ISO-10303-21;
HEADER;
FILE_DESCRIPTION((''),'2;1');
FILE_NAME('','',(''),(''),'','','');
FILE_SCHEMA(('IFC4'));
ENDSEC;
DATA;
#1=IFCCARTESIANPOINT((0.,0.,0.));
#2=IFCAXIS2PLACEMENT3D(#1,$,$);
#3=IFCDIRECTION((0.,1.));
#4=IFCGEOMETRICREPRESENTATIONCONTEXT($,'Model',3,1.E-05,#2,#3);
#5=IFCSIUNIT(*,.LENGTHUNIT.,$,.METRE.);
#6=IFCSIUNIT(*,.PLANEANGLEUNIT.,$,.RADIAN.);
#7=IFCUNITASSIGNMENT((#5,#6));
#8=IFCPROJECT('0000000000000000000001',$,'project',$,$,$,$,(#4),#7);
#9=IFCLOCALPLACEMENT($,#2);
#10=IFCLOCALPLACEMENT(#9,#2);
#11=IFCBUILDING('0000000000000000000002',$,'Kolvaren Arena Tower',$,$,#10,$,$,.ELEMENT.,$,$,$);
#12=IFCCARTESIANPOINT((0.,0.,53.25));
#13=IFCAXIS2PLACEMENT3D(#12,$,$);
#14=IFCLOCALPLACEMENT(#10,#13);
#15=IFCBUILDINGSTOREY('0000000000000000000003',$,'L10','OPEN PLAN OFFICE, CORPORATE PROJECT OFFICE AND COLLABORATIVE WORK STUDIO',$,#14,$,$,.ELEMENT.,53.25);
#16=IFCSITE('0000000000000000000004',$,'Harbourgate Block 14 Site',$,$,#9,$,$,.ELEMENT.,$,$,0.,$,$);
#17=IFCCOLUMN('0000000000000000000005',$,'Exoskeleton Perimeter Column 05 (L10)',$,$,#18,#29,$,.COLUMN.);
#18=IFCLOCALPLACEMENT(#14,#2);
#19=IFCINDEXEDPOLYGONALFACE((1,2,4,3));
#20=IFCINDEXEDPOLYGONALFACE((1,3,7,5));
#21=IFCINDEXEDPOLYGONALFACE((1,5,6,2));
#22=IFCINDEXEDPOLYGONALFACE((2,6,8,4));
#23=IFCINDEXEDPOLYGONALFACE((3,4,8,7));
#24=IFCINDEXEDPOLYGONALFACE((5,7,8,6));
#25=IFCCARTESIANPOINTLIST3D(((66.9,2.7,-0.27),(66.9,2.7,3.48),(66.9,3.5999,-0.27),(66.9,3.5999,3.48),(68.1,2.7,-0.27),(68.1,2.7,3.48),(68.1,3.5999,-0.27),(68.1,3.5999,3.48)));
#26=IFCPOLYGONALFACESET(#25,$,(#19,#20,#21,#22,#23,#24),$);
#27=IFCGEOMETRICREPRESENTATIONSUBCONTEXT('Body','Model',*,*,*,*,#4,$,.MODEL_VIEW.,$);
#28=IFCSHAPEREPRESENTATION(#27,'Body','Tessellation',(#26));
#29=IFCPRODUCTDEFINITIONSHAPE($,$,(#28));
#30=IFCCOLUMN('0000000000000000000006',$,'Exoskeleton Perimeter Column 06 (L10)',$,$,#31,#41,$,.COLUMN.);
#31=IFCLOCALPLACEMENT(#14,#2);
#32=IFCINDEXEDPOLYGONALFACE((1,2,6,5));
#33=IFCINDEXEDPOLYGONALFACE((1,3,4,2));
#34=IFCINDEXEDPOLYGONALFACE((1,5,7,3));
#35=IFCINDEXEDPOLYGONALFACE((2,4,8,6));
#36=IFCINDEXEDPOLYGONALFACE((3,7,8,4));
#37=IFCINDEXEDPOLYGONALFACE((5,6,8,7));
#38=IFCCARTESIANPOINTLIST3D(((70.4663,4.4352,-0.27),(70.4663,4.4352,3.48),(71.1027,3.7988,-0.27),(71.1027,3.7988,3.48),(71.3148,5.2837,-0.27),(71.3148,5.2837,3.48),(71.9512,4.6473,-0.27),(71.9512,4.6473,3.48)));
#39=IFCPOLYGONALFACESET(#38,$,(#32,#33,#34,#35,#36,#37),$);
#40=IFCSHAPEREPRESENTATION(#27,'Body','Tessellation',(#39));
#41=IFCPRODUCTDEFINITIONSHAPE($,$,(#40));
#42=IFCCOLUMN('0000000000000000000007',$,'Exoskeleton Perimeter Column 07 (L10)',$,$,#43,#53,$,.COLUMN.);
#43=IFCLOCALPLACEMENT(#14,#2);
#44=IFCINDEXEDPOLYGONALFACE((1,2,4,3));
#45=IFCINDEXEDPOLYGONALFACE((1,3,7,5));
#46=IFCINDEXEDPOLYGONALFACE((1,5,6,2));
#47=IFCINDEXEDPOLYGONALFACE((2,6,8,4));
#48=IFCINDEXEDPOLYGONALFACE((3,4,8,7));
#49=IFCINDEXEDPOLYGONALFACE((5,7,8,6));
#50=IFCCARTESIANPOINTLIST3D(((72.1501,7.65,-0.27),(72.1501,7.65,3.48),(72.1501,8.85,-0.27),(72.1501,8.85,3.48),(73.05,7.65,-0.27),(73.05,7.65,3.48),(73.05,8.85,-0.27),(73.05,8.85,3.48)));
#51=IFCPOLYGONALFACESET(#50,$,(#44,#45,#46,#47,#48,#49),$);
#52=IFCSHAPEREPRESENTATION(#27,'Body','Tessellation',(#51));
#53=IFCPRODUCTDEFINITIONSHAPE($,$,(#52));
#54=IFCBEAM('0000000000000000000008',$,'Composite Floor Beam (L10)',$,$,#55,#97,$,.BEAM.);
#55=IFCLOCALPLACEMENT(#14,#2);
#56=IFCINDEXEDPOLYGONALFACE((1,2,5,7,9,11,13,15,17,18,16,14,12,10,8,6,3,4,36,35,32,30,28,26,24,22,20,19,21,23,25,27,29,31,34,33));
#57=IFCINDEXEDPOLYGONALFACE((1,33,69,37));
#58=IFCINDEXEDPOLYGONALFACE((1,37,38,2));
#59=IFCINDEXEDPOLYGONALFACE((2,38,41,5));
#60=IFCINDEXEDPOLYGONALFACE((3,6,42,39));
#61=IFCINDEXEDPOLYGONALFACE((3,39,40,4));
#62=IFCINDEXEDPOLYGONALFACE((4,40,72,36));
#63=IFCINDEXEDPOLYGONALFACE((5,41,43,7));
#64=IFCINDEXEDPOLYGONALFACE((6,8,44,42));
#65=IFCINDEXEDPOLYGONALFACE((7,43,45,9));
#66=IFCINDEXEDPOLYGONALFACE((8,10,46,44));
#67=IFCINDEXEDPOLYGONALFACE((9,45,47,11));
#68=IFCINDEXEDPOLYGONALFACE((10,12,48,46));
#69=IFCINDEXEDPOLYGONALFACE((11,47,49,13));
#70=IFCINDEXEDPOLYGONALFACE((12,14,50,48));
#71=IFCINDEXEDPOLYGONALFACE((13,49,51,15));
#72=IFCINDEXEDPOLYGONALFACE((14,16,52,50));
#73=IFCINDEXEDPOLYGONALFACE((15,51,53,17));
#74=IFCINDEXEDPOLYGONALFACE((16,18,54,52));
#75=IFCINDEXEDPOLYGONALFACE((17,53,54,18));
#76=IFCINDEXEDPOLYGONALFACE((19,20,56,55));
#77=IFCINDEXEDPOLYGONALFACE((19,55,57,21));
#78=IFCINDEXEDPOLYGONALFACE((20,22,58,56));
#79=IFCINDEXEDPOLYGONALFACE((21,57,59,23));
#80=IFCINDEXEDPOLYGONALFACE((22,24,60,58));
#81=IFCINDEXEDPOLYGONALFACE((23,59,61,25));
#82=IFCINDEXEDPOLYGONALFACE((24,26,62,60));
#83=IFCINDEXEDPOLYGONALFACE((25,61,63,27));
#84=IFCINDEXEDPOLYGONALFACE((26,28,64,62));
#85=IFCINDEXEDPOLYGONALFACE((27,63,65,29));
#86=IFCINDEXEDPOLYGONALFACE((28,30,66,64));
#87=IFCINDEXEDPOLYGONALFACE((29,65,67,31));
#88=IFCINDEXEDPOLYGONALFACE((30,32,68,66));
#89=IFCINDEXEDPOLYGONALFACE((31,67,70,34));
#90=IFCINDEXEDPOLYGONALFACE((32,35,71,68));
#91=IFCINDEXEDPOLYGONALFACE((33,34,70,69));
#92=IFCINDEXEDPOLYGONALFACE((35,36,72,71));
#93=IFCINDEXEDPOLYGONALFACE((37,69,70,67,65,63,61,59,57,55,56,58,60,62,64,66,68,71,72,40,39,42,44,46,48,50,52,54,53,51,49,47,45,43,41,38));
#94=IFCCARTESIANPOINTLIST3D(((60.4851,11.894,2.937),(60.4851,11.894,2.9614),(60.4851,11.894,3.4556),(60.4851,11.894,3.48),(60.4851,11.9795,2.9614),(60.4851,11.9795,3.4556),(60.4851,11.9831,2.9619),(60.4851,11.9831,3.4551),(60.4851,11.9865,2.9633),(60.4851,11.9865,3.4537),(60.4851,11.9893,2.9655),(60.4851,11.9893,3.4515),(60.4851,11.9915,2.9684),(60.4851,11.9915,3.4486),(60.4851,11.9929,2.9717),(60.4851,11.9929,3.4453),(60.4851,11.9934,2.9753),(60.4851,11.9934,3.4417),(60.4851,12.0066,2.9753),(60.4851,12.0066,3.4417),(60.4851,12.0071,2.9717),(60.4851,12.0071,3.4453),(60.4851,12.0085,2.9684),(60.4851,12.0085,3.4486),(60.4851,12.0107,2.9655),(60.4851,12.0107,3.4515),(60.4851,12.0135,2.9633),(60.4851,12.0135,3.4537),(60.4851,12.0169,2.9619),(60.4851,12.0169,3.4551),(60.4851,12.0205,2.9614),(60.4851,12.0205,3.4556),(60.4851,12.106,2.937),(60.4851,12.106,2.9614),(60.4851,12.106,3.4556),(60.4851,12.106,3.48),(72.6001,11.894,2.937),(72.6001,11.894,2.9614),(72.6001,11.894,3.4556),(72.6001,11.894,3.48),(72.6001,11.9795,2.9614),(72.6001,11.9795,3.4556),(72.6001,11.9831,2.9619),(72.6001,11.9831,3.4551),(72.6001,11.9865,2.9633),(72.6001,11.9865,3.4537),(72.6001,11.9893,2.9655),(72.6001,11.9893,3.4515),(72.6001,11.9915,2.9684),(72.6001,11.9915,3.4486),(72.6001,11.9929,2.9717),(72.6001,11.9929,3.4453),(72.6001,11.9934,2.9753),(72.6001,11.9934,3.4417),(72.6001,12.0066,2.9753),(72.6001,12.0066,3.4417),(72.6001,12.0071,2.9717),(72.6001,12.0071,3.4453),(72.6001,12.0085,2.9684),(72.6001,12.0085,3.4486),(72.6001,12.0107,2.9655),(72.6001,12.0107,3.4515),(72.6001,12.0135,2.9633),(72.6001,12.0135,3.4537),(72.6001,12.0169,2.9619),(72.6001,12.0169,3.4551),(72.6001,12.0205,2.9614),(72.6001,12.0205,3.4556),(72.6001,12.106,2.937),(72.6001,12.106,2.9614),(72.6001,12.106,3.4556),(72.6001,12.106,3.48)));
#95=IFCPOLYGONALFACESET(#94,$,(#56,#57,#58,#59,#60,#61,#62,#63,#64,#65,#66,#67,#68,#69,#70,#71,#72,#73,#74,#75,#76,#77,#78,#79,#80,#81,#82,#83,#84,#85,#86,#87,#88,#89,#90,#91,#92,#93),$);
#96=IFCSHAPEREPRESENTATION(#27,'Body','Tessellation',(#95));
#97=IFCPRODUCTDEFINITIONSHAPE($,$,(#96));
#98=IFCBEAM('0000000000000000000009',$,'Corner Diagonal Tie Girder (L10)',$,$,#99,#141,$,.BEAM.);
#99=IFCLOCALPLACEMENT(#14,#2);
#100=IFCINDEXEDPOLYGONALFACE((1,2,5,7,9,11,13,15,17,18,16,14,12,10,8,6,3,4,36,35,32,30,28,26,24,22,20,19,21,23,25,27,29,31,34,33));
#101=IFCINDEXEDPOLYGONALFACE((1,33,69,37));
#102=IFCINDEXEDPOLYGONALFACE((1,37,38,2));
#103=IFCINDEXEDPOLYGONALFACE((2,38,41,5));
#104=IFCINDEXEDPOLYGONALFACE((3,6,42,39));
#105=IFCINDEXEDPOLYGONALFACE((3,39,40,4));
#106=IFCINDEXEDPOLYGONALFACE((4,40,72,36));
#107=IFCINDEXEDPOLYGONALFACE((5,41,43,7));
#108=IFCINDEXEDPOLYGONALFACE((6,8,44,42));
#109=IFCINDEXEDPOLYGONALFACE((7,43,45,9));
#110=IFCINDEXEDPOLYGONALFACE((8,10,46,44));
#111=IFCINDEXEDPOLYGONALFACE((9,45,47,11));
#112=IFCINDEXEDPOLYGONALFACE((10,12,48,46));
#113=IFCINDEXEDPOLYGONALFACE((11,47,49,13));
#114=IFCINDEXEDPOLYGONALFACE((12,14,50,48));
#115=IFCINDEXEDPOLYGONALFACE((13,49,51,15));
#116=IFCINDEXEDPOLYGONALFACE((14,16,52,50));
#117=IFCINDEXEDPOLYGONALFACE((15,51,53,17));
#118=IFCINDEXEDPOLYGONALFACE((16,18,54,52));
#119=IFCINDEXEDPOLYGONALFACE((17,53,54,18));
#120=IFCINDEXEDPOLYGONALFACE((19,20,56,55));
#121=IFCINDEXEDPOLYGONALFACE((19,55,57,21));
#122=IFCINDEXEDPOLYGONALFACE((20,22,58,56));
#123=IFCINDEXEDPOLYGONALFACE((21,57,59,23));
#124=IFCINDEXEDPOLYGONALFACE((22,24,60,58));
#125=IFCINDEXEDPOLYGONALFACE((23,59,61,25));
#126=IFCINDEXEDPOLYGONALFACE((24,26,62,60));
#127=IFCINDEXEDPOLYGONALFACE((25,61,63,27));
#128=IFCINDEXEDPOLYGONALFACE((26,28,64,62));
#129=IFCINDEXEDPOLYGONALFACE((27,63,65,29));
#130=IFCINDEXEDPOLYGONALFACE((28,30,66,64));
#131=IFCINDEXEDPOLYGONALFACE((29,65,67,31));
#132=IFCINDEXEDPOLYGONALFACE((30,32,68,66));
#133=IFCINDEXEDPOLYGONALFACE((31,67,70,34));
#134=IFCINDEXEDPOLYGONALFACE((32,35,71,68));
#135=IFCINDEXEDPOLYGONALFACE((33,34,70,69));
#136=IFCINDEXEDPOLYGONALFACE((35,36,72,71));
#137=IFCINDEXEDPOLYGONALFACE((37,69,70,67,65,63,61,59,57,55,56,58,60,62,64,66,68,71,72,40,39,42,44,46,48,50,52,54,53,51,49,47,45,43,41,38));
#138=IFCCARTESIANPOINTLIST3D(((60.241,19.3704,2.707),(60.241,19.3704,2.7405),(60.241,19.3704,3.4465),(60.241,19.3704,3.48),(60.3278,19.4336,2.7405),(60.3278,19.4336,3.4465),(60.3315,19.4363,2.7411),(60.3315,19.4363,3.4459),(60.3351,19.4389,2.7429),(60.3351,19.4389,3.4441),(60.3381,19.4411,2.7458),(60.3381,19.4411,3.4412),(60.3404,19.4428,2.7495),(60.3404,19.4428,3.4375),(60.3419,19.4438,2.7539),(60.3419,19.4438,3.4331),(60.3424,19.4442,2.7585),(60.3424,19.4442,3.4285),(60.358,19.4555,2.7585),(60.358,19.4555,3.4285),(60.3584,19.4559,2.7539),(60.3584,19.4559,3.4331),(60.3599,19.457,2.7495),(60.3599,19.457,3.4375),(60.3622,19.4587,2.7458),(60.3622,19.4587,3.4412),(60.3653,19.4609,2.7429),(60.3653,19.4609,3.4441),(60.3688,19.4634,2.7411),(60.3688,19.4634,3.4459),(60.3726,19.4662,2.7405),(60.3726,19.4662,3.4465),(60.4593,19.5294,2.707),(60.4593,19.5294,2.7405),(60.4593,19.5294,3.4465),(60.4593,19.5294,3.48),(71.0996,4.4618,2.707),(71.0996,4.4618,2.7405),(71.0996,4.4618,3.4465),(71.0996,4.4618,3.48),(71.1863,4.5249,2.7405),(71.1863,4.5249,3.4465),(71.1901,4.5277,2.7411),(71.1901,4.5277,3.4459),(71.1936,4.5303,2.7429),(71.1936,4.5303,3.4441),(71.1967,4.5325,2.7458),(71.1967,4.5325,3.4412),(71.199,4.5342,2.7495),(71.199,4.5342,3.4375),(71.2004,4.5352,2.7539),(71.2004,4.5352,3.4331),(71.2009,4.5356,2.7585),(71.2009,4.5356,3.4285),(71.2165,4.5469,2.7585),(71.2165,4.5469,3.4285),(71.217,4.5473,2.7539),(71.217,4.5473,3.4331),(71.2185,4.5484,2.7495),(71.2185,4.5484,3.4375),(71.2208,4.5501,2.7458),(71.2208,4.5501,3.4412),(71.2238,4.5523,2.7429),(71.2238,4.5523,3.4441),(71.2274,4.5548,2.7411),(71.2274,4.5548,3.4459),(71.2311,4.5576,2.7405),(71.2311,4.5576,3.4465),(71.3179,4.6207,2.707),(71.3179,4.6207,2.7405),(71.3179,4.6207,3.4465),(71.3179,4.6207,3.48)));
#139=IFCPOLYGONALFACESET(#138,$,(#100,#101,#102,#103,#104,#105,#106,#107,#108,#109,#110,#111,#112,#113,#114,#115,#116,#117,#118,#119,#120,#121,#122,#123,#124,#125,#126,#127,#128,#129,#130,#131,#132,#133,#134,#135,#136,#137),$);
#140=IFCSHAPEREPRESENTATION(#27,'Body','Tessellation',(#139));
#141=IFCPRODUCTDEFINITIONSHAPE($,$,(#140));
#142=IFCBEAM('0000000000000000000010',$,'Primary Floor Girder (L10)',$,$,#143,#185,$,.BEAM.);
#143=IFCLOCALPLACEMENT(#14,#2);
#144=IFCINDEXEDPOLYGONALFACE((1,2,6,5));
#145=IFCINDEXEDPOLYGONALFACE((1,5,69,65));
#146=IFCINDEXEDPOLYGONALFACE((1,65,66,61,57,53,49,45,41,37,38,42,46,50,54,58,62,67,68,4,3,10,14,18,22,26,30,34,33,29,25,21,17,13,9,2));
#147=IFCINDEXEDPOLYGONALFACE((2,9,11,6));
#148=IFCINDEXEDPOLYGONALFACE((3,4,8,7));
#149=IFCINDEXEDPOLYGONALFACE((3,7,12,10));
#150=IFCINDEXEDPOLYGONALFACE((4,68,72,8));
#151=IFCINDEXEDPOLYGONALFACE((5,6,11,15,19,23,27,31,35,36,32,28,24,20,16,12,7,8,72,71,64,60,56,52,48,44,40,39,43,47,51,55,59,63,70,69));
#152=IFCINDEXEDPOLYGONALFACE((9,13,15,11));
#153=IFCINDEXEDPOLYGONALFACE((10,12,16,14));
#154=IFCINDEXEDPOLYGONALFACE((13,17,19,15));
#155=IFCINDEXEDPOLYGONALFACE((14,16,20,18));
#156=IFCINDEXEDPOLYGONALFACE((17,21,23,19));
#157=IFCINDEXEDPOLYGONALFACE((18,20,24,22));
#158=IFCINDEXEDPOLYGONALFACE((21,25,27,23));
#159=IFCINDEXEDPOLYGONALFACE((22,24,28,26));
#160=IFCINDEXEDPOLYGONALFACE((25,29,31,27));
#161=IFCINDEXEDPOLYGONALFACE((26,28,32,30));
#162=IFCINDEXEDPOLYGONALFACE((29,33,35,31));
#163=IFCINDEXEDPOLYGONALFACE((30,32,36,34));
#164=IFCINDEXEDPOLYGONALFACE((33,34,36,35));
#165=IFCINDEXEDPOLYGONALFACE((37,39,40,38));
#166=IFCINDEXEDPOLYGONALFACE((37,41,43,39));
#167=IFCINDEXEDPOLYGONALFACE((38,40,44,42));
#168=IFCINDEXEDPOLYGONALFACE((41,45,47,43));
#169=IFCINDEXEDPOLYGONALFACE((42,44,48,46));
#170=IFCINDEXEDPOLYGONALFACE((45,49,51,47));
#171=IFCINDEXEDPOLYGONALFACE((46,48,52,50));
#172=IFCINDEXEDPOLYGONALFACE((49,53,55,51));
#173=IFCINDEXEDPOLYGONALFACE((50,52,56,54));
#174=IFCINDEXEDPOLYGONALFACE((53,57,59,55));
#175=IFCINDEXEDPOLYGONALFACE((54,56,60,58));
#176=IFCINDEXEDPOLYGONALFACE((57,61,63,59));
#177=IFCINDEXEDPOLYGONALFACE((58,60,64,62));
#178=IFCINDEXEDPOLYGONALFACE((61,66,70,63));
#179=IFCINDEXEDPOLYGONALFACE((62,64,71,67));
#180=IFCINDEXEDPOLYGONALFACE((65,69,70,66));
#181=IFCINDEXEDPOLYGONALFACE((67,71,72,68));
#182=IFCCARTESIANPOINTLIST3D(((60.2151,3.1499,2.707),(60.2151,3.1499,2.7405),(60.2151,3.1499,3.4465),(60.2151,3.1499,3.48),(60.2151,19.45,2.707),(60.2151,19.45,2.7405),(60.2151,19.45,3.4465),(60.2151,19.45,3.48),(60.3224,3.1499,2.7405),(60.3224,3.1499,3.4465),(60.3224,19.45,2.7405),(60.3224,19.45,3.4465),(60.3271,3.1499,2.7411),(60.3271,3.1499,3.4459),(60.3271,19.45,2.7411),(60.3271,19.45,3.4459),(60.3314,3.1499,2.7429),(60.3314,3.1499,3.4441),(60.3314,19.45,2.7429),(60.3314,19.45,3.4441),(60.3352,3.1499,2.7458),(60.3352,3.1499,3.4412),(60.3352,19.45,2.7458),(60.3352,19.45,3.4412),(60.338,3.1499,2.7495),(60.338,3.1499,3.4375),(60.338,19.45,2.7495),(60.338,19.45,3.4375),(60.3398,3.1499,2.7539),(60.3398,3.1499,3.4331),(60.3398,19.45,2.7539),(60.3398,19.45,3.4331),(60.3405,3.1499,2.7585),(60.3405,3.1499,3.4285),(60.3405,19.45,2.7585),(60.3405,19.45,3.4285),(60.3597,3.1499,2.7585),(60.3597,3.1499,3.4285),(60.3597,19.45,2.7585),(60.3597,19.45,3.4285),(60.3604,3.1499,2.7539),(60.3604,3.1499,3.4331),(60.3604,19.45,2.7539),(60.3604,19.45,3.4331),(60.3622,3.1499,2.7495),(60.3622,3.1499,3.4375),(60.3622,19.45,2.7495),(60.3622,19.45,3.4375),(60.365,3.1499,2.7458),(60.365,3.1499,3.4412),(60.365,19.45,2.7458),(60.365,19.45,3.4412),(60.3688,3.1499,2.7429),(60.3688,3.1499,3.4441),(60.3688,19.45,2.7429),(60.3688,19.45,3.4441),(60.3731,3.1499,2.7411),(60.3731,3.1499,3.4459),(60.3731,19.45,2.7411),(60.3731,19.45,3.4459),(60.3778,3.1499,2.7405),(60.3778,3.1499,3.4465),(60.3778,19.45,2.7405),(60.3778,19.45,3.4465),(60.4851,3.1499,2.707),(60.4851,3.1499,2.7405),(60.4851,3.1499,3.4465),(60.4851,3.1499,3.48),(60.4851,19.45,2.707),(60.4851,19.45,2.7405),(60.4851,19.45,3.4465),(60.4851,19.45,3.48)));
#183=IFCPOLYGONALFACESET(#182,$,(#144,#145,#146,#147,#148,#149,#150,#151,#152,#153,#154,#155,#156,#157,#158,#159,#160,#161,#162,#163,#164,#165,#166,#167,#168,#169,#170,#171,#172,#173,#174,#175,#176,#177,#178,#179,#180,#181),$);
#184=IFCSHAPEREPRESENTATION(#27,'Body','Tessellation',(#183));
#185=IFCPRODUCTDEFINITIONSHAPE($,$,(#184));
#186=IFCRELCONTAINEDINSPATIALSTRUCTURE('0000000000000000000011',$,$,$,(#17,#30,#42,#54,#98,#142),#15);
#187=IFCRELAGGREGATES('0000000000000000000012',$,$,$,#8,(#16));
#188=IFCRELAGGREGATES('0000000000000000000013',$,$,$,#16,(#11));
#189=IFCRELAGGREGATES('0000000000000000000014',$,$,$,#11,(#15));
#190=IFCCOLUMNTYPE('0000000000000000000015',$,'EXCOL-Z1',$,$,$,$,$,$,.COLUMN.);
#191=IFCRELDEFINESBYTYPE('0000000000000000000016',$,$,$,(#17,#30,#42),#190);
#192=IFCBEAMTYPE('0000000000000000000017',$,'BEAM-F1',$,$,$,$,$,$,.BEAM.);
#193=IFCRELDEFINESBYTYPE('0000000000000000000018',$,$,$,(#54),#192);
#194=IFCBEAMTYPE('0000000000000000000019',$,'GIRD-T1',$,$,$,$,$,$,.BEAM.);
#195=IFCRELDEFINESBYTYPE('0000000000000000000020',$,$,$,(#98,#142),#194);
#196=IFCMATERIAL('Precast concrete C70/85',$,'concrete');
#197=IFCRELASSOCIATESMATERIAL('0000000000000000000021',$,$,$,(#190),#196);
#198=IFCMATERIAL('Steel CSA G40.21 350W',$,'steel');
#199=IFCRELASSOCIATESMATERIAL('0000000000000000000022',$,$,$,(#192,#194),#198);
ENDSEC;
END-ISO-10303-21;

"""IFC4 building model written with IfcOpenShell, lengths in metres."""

from ifc_helpers import new_model, si_unit, direction, frame, origin, origin_2d, place, context, subcontext, project, spatial, rectangle, i_section, extrude, material, material_profile, profile_set, type_object, element, save


model = new_model("IFC4")

# Units and contexts
model_context = context("Model", 3, precision=1e-05, world=origin(), true_north=direction((0.0, 1.0)))
body_context = subcontext(model_context, "Body", "Model", "MODEL_VIEW")
ifc_project = project(units=[si_unit("LENGTHUNIT", "METRE"), si_unit("PLANEANGLEUNIT", "RADIAN")], contexts=[model_context])

# Site, building, storey
site_placement = place(None, origin())
site = spatial("IfcSite", under=ifc_project, at=site_placement, Name="Harbourgate Block 14 Site", CompositionType="ELEMENT", RefElevation=0.0)
building_placement = place(site_placement, origin())
building = spatial("IfcBuilding", under=site, at=building_placement, Name="Kolvaren Arena Tower", CompositionType="ELEMENT")
storey_placement = place(building_placement, frame((0.0, 0.0, 53.25)))
storey = spatial("IfcBuildingStorey", under=building, at=storey_placement, Name="L10", Description="OPEN PLAN OFFICE, CORPORATE PROJECT OFFICE AND COLLABORATIVE WORK STUDIO", CompositionType="ELEMENT", Elevation=53.25)

# Columns
ifc_material_1 = material(Name="Precast concrete C70/85", Category="concrete")
ifc_material_profile_1 = material_profile(ifc_material_1, rectangle(XDim=1.2, YDim=0.8999, at=origin_2d()), Name="RC-1200x900")
ifc_profile_set_1 = profile_set([ifc_material_profile_1], Name="Precast concrete C70/85")
column_type = type_object("IfcColumnType", Name="EXCOL-Z1", PredefinedType="COLUMN", material=ifc_profile_set_1)
for number, where, z_axis, x_axis, name in (
    (1, (67.5, 3.1499, -0.27), (0.0, 0.0, 1.0), (1.0, 0.0, 0.0), "Exoskeleton Perimeter Column 05 (L10)"),
    (2, (71.2087, 4.5413, -0.27), (0.0, 0.0, 1.0), (0.707107, 0.707107, 0.0), "Exoskeleton Perimeter Column 06 (L10)"),
    (3, (72.6001, 8.25, -0.27), (0.0, 0.0, 1.0), (0.0, 1.0, 0.0), "Exoskeleton Perimeter Column 07 (L10)"),
):
    element("IfcColumn", number, at=place(storey_placement, frame(where, z_axis=z_axis, x_axis=x_axis)), inside=storey, type_object=column_type, Name=name, PredefinedType="COLUMN", context=body_context, shape_type="SweptSolid", body=[
        extrude(rectangle(XDim=1.2, YDim=0.8999, at=origin_2d()), origin(), (0.0, 0.0, 1.0), 3.75),
    ])

# Beams
ifc_material_2 = material(Name="Steel CSA G40.21 350W", Category="steel")
ifc_material_profile_2 = material_profile(ifc_material_2, i_section(OverallWidth=0.2119, OverallDepth=0.543, WebThickness=0.0132, FlangeThickness=0.0244, FilletRadius=0.0139, at=origin_2d()), Name="W530x150")
ifc_profile_set_2 = profile_set([ifc_material_profile_2], Name="Steel CSA G40.21 350W")
beam_type_1 = type_object("IfcBeamType", Name="BEAM-F1", PredefinedType="BEAM", material=ifc_profile_set_2)
beam_1_placement = place(storey_placement, frame((60.4851, 12.0, 3.2085), z_axis=(1.0, 0.0, 0.0), x_axis=(0.0, 1.0, 0.0)))
element("IfcBeam", 4, at=beam_1_placement, inside=storey, type_object=beam_type_1, Name="Composite Floor Beam (L10)", PredefinedType="BEAM", context=body_context, shape_type="SweptSolid", body=[
    extrude(i_section(OverallWidth=0.2119, OverallDepth=0.543, WebThickness=0.0132, FlangeThickness=0.0244, FilletRadius=0.0139, at=origin_2d()), origin(), (0.0, 0.0, 1.0), 12.115),
])
ifc_material_profile_3 = material_profile(ifc_material_2, i_section(OverallWidth=0.27, OverallDepth=0.7729, WebThickness=0.0193, FlangeThickness=0.0334, FilletRadius=0.0181, at=origin_2d()), Name="W760x257")
ifc_profile_set_3 = profile_set([ifc_material_profile_3], Name="Steel CSA G40.21 350W")
beam_type_2 = type_object("IfcBeamType", Name="GIRD-T1", PredefinedType="BEAM", material=ifc_profile_set_3)
beam_2_placement = place(storey_placement, frame((71.2087, 4.5413, 3.0935), z_axis=(-0.588737, 0.808324, 0.0), x_axis=(-0.808324, -0.588737, 0.0)))
element("IfcBeam", 5, at=beam_2_placement, inside=storey, type_object=beam_type_2, Name="Corner Diagonal Tie Girder (L10)", PredefinedType="BEAM", context=body_context, shape_type="SweptSolid", body=[
    extrude(i_section(OverallWidth=0.27, OverallDepth=0.7729, WebThickness=0.0193, FlangeThickness=0.0334, FilletRadius=0.0181, at=origin_2d()), origin(), (0.0, 0.0, 1.0), 18.4438),
])
beam_3_placement = place(storey_placement, frame((60.3501, 3.1499, 3.0935), z_axis=(0.0, 1.0, 0.0), x_axis=(-1.0, 0.0, 0.0)))
element("IfcBeam", 6, at=beam_3_placement, inside=storey, type_object=beam_type_2, Name="Primary Floor Girder (L10)", PredefinedType="BEAM", context=body_context, shape_type="SweptSolid", body=[
    extrude(i_section(OverallWidth=0.27, OverallDepth=0.7729, WebThickness=0.0193, FlangeThickness=0.0334, FilletRadius=0.0181, at=origin_2d()), origin(), (0.0, 0.0, 1.0), 16.3),
])

save(model, "model.ifc")
